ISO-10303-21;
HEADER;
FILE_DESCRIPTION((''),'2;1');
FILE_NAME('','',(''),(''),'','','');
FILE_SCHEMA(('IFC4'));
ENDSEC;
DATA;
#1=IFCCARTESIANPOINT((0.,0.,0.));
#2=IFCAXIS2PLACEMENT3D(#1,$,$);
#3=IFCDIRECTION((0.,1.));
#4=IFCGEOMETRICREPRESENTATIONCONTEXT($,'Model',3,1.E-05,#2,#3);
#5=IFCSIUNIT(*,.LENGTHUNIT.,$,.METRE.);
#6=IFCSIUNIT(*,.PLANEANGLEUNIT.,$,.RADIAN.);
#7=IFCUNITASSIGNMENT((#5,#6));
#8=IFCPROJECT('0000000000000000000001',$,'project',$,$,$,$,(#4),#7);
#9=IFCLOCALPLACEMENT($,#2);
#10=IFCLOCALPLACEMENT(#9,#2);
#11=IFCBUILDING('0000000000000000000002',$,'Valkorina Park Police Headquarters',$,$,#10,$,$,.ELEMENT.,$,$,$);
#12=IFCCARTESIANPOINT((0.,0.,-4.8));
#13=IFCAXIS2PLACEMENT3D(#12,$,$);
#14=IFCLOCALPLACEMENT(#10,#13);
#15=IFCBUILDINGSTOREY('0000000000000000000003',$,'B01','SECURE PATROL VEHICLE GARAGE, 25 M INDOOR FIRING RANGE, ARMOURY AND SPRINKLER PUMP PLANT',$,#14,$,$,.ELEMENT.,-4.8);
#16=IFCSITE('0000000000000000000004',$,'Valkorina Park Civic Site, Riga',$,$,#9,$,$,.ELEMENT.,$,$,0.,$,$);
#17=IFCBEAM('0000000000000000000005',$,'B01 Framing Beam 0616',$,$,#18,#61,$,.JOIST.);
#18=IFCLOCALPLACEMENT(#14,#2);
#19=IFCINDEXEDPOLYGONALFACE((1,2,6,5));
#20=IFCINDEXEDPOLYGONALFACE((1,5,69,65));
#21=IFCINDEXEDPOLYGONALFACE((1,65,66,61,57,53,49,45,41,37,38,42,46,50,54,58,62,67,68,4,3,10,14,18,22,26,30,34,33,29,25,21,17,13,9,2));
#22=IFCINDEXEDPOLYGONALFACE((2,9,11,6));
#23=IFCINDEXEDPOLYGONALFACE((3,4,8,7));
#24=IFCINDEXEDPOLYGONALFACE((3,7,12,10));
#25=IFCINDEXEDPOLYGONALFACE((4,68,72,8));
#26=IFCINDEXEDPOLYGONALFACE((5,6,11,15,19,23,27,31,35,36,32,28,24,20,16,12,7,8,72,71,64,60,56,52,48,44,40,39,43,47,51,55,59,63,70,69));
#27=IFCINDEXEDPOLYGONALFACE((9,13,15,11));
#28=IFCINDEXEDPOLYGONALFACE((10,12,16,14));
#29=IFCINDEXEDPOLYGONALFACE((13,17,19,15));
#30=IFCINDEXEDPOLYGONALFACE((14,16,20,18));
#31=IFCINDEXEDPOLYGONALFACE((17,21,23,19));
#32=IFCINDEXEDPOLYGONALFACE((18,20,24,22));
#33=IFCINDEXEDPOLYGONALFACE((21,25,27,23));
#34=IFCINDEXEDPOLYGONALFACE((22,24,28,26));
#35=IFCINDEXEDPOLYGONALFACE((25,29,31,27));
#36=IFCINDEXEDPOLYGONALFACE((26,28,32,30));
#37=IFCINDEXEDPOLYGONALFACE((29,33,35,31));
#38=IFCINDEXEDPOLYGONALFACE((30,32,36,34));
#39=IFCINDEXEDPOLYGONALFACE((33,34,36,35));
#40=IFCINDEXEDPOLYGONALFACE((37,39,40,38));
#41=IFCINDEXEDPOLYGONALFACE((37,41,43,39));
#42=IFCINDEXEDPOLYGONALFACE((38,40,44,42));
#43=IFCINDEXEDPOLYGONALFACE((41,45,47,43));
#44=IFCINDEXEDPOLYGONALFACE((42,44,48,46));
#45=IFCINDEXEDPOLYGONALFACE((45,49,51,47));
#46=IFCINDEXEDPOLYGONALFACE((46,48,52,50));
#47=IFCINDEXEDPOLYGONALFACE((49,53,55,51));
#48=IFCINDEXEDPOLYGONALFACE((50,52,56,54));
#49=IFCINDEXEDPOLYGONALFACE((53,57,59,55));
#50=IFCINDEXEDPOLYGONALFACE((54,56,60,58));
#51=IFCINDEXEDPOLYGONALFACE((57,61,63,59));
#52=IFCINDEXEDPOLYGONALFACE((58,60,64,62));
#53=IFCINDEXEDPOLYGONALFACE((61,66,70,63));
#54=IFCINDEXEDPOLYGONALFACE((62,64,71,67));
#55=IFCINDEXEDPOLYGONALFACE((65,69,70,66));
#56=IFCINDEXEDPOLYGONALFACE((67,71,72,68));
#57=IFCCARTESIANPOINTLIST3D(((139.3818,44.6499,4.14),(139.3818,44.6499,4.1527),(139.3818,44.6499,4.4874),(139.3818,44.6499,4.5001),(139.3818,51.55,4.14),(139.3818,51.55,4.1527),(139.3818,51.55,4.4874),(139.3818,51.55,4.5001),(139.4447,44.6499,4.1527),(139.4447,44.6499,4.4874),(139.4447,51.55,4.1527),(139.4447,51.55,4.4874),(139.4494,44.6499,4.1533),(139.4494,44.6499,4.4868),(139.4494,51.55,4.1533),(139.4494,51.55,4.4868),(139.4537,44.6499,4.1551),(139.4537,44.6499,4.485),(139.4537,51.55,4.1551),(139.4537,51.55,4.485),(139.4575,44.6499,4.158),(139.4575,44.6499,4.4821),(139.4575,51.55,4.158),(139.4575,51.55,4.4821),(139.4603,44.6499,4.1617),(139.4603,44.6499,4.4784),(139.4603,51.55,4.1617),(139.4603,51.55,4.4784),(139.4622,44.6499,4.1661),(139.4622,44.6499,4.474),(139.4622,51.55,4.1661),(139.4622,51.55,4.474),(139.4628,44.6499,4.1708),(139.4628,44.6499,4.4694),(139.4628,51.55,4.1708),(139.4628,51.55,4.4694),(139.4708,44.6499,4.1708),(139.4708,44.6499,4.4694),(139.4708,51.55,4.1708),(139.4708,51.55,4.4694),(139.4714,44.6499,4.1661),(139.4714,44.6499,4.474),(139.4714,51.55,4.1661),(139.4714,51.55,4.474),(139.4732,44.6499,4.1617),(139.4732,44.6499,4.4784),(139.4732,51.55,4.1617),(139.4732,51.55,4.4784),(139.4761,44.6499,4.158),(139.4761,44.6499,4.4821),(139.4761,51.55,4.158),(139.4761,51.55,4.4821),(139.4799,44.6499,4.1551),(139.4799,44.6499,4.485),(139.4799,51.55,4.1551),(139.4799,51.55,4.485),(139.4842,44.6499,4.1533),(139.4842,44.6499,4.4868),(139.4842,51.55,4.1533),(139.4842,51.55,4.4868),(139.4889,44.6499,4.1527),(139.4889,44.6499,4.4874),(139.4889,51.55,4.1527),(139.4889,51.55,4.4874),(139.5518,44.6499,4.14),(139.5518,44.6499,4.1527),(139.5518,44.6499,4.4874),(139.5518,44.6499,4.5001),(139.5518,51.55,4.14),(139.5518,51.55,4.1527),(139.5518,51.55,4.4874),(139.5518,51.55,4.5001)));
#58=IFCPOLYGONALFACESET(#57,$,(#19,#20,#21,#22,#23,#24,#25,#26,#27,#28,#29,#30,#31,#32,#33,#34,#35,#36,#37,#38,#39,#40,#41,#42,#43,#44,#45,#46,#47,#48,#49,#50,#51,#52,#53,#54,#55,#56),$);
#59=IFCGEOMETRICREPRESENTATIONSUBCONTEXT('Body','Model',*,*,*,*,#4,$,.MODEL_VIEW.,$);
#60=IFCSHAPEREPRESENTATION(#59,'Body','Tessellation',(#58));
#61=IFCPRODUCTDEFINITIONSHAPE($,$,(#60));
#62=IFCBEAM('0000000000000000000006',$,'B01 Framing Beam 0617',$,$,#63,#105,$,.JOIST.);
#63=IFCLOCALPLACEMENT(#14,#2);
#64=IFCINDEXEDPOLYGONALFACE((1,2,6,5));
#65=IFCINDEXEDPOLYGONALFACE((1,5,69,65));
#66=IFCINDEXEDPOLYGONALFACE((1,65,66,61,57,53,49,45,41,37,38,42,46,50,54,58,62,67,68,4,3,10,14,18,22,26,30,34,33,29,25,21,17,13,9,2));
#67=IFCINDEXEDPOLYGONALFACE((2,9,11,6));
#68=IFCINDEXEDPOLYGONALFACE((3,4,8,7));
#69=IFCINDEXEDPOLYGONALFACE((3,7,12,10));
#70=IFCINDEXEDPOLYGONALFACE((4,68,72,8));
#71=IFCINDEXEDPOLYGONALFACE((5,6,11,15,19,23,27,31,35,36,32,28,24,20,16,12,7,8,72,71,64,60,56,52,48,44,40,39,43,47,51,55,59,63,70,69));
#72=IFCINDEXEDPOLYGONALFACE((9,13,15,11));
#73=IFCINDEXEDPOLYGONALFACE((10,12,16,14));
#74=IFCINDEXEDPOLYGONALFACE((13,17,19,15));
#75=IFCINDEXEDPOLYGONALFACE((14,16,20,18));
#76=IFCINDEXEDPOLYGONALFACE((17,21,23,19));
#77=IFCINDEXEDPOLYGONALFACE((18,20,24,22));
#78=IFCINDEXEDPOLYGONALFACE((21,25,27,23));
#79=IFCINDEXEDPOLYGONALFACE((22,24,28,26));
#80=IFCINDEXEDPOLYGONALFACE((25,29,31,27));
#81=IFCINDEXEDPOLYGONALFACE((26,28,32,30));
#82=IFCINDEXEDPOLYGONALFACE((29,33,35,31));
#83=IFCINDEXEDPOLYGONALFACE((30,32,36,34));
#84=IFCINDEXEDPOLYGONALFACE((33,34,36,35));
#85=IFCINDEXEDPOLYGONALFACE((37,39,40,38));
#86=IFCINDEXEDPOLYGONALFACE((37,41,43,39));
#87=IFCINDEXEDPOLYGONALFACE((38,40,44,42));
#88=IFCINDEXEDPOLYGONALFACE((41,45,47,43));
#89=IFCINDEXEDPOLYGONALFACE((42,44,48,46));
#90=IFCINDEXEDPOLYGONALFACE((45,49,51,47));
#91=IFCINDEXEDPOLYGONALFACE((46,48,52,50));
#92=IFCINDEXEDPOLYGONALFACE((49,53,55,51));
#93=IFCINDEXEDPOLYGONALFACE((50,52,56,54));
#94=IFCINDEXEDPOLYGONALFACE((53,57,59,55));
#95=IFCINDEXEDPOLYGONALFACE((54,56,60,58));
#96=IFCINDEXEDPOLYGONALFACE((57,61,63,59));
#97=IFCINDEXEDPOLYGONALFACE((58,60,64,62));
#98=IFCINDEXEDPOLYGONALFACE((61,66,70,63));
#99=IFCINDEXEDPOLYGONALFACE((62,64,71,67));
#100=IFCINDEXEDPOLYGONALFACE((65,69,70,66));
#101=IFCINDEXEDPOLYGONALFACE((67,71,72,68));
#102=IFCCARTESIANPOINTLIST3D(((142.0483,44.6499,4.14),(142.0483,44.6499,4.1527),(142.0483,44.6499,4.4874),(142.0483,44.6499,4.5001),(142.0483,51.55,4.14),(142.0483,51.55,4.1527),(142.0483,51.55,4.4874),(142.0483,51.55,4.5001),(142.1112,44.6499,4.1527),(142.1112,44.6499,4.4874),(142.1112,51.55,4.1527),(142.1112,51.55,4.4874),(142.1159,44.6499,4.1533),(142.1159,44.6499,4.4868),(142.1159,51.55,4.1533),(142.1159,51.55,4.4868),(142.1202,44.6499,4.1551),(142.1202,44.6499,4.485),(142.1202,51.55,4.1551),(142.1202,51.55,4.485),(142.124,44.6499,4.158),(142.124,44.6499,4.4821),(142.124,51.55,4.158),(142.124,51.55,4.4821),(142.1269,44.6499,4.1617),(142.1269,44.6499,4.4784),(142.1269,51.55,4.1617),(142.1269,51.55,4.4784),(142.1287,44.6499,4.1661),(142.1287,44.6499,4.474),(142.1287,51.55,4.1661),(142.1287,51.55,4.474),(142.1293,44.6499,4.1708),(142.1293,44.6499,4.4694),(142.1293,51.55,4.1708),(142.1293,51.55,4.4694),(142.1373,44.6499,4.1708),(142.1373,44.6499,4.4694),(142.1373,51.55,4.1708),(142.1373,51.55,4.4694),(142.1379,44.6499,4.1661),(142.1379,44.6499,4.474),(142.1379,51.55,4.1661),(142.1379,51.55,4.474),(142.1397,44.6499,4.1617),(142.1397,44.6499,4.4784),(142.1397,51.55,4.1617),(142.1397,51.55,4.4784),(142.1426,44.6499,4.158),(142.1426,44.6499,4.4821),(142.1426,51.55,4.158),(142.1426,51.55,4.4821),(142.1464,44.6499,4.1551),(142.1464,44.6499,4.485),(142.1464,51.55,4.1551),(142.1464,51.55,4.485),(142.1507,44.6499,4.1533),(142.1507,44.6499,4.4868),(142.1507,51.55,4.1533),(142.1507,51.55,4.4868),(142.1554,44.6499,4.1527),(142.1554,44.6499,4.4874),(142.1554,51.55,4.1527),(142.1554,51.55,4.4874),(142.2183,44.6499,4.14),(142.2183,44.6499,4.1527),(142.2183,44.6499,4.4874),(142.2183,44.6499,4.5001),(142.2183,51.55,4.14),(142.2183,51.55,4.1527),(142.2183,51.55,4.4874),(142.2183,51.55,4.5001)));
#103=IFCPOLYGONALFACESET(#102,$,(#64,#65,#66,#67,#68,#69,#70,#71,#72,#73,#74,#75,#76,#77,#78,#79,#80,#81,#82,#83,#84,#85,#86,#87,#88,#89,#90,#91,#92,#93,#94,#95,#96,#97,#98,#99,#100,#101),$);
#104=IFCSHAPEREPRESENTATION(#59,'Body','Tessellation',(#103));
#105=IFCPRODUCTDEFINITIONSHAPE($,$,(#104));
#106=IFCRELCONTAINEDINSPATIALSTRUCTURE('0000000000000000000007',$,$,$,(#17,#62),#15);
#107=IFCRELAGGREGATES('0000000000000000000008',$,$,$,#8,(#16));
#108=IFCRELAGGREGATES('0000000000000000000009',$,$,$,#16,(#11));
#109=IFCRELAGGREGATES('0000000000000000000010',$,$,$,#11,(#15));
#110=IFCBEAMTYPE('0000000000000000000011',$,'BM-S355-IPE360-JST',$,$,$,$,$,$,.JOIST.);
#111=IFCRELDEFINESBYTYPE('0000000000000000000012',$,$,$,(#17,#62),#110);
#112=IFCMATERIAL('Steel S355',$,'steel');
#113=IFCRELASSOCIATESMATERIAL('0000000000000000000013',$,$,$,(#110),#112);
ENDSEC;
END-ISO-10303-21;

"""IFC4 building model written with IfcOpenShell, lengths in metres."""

from ifc_helpers import new_model, si_unit, direction, frame, origin, origin_2d, place, context, subcontext, project, spatial, i_section, extrude, material, material_profile, profile_set, type_object, element, save


model = new_model("IFC4")

# Units and contexts
model_context = context("Model", 3, precision=1e-05, world=origin(), true_north=direction((0.0, 1.0)))
body_context = subcontext(model_context, "Body", "Model", "MODEL_VIEW")
ifc_project = project(units=[si_unit("LENGTHUNIT", "METRE"), si_unit("PLANEANGLEUNIT", "RADIAN")], contexts=[model_context])

# Site, building, storey
site_placement = place(None, origin())
site = spatial("IfcSite", under=ifc_project, at=site_placement, Name="Valkorina Park Civic Site, Riga", CompositionType="ELEMENT", RefElevation=0.0)
building_placement = place(site_placement, origin())
building = spatial("IfcBuilding", under=site, at=building_placement, Name="Valkorina Park Police Headquarters", CompositionType="ELEMENT")
storey_placement = place(building_placement, frame((0.0, 0.0, -4.8)))
storey = spatial("IfcBuildingStorey", under=building, at=storey_placement, Name="B01", Description="SECURE PATROL VEHICLE GARAGE, 25 M INDOOR FIRING RANGE, ARMOURY AND SPRINKLER PUMP PLANT", CompositionType="ELEMENT", Elevation=-4.8)

# Beams
ifc_material_1 = material(Name="Steel S355", Category="steel")
ifc_material_profile_1 = material_profile(ifc_material_1, i_section(OverallWidth=0.1699, OverallDepth=0.3601, WebThickness=0.0081, FlangeThickness=0.0127, FilletRadius=0.0181, at=origin_2d()), Name="IPE 360")
ifc_profile_set_1 = profile_set([ifc_material_profile_1], Name="Steel S355")
beam_type_1 = type_object("IfcBeamType", Name="BM-S355-IPE360-JST", PredefinedType="JOIST", material=ifc_profile_set_1)
for number, where, z_axis, x_axis, name in (
    (1, (139.4668, 44.6499, 4.3201), (0.0, 1.0, 0.0), (-1.0, 0.0, 0.0), "B01 Framing Beam 0616"),
    (2, (142.1333, 44.6499, 4.3201), (0.0, 1.0, 0.0), (-1.0, 0.0, 0.0), "B01 Framing Beam 0617"),
):
    element("IfcBeam", number, at=place(storey_placement, frame(where, z_axis=z_axis, x_axis=x_axis)), inside=storey, type_object=beam_type_1, Name=name, PredefinedType="JOIST", context=body_context, shape_type="SweptSolid", body=[
        extrude(i_section(OverallWidth=0.1699, OverallDepth=0.3601, WebThickness=0.0081, FlangeThickness=0.0127, FilletRadius=0.0181, at=origin_2d()), origin(), (0.0, 0.0, 1.0), 6.9001),
    ])

save(model, "model.ifc")
